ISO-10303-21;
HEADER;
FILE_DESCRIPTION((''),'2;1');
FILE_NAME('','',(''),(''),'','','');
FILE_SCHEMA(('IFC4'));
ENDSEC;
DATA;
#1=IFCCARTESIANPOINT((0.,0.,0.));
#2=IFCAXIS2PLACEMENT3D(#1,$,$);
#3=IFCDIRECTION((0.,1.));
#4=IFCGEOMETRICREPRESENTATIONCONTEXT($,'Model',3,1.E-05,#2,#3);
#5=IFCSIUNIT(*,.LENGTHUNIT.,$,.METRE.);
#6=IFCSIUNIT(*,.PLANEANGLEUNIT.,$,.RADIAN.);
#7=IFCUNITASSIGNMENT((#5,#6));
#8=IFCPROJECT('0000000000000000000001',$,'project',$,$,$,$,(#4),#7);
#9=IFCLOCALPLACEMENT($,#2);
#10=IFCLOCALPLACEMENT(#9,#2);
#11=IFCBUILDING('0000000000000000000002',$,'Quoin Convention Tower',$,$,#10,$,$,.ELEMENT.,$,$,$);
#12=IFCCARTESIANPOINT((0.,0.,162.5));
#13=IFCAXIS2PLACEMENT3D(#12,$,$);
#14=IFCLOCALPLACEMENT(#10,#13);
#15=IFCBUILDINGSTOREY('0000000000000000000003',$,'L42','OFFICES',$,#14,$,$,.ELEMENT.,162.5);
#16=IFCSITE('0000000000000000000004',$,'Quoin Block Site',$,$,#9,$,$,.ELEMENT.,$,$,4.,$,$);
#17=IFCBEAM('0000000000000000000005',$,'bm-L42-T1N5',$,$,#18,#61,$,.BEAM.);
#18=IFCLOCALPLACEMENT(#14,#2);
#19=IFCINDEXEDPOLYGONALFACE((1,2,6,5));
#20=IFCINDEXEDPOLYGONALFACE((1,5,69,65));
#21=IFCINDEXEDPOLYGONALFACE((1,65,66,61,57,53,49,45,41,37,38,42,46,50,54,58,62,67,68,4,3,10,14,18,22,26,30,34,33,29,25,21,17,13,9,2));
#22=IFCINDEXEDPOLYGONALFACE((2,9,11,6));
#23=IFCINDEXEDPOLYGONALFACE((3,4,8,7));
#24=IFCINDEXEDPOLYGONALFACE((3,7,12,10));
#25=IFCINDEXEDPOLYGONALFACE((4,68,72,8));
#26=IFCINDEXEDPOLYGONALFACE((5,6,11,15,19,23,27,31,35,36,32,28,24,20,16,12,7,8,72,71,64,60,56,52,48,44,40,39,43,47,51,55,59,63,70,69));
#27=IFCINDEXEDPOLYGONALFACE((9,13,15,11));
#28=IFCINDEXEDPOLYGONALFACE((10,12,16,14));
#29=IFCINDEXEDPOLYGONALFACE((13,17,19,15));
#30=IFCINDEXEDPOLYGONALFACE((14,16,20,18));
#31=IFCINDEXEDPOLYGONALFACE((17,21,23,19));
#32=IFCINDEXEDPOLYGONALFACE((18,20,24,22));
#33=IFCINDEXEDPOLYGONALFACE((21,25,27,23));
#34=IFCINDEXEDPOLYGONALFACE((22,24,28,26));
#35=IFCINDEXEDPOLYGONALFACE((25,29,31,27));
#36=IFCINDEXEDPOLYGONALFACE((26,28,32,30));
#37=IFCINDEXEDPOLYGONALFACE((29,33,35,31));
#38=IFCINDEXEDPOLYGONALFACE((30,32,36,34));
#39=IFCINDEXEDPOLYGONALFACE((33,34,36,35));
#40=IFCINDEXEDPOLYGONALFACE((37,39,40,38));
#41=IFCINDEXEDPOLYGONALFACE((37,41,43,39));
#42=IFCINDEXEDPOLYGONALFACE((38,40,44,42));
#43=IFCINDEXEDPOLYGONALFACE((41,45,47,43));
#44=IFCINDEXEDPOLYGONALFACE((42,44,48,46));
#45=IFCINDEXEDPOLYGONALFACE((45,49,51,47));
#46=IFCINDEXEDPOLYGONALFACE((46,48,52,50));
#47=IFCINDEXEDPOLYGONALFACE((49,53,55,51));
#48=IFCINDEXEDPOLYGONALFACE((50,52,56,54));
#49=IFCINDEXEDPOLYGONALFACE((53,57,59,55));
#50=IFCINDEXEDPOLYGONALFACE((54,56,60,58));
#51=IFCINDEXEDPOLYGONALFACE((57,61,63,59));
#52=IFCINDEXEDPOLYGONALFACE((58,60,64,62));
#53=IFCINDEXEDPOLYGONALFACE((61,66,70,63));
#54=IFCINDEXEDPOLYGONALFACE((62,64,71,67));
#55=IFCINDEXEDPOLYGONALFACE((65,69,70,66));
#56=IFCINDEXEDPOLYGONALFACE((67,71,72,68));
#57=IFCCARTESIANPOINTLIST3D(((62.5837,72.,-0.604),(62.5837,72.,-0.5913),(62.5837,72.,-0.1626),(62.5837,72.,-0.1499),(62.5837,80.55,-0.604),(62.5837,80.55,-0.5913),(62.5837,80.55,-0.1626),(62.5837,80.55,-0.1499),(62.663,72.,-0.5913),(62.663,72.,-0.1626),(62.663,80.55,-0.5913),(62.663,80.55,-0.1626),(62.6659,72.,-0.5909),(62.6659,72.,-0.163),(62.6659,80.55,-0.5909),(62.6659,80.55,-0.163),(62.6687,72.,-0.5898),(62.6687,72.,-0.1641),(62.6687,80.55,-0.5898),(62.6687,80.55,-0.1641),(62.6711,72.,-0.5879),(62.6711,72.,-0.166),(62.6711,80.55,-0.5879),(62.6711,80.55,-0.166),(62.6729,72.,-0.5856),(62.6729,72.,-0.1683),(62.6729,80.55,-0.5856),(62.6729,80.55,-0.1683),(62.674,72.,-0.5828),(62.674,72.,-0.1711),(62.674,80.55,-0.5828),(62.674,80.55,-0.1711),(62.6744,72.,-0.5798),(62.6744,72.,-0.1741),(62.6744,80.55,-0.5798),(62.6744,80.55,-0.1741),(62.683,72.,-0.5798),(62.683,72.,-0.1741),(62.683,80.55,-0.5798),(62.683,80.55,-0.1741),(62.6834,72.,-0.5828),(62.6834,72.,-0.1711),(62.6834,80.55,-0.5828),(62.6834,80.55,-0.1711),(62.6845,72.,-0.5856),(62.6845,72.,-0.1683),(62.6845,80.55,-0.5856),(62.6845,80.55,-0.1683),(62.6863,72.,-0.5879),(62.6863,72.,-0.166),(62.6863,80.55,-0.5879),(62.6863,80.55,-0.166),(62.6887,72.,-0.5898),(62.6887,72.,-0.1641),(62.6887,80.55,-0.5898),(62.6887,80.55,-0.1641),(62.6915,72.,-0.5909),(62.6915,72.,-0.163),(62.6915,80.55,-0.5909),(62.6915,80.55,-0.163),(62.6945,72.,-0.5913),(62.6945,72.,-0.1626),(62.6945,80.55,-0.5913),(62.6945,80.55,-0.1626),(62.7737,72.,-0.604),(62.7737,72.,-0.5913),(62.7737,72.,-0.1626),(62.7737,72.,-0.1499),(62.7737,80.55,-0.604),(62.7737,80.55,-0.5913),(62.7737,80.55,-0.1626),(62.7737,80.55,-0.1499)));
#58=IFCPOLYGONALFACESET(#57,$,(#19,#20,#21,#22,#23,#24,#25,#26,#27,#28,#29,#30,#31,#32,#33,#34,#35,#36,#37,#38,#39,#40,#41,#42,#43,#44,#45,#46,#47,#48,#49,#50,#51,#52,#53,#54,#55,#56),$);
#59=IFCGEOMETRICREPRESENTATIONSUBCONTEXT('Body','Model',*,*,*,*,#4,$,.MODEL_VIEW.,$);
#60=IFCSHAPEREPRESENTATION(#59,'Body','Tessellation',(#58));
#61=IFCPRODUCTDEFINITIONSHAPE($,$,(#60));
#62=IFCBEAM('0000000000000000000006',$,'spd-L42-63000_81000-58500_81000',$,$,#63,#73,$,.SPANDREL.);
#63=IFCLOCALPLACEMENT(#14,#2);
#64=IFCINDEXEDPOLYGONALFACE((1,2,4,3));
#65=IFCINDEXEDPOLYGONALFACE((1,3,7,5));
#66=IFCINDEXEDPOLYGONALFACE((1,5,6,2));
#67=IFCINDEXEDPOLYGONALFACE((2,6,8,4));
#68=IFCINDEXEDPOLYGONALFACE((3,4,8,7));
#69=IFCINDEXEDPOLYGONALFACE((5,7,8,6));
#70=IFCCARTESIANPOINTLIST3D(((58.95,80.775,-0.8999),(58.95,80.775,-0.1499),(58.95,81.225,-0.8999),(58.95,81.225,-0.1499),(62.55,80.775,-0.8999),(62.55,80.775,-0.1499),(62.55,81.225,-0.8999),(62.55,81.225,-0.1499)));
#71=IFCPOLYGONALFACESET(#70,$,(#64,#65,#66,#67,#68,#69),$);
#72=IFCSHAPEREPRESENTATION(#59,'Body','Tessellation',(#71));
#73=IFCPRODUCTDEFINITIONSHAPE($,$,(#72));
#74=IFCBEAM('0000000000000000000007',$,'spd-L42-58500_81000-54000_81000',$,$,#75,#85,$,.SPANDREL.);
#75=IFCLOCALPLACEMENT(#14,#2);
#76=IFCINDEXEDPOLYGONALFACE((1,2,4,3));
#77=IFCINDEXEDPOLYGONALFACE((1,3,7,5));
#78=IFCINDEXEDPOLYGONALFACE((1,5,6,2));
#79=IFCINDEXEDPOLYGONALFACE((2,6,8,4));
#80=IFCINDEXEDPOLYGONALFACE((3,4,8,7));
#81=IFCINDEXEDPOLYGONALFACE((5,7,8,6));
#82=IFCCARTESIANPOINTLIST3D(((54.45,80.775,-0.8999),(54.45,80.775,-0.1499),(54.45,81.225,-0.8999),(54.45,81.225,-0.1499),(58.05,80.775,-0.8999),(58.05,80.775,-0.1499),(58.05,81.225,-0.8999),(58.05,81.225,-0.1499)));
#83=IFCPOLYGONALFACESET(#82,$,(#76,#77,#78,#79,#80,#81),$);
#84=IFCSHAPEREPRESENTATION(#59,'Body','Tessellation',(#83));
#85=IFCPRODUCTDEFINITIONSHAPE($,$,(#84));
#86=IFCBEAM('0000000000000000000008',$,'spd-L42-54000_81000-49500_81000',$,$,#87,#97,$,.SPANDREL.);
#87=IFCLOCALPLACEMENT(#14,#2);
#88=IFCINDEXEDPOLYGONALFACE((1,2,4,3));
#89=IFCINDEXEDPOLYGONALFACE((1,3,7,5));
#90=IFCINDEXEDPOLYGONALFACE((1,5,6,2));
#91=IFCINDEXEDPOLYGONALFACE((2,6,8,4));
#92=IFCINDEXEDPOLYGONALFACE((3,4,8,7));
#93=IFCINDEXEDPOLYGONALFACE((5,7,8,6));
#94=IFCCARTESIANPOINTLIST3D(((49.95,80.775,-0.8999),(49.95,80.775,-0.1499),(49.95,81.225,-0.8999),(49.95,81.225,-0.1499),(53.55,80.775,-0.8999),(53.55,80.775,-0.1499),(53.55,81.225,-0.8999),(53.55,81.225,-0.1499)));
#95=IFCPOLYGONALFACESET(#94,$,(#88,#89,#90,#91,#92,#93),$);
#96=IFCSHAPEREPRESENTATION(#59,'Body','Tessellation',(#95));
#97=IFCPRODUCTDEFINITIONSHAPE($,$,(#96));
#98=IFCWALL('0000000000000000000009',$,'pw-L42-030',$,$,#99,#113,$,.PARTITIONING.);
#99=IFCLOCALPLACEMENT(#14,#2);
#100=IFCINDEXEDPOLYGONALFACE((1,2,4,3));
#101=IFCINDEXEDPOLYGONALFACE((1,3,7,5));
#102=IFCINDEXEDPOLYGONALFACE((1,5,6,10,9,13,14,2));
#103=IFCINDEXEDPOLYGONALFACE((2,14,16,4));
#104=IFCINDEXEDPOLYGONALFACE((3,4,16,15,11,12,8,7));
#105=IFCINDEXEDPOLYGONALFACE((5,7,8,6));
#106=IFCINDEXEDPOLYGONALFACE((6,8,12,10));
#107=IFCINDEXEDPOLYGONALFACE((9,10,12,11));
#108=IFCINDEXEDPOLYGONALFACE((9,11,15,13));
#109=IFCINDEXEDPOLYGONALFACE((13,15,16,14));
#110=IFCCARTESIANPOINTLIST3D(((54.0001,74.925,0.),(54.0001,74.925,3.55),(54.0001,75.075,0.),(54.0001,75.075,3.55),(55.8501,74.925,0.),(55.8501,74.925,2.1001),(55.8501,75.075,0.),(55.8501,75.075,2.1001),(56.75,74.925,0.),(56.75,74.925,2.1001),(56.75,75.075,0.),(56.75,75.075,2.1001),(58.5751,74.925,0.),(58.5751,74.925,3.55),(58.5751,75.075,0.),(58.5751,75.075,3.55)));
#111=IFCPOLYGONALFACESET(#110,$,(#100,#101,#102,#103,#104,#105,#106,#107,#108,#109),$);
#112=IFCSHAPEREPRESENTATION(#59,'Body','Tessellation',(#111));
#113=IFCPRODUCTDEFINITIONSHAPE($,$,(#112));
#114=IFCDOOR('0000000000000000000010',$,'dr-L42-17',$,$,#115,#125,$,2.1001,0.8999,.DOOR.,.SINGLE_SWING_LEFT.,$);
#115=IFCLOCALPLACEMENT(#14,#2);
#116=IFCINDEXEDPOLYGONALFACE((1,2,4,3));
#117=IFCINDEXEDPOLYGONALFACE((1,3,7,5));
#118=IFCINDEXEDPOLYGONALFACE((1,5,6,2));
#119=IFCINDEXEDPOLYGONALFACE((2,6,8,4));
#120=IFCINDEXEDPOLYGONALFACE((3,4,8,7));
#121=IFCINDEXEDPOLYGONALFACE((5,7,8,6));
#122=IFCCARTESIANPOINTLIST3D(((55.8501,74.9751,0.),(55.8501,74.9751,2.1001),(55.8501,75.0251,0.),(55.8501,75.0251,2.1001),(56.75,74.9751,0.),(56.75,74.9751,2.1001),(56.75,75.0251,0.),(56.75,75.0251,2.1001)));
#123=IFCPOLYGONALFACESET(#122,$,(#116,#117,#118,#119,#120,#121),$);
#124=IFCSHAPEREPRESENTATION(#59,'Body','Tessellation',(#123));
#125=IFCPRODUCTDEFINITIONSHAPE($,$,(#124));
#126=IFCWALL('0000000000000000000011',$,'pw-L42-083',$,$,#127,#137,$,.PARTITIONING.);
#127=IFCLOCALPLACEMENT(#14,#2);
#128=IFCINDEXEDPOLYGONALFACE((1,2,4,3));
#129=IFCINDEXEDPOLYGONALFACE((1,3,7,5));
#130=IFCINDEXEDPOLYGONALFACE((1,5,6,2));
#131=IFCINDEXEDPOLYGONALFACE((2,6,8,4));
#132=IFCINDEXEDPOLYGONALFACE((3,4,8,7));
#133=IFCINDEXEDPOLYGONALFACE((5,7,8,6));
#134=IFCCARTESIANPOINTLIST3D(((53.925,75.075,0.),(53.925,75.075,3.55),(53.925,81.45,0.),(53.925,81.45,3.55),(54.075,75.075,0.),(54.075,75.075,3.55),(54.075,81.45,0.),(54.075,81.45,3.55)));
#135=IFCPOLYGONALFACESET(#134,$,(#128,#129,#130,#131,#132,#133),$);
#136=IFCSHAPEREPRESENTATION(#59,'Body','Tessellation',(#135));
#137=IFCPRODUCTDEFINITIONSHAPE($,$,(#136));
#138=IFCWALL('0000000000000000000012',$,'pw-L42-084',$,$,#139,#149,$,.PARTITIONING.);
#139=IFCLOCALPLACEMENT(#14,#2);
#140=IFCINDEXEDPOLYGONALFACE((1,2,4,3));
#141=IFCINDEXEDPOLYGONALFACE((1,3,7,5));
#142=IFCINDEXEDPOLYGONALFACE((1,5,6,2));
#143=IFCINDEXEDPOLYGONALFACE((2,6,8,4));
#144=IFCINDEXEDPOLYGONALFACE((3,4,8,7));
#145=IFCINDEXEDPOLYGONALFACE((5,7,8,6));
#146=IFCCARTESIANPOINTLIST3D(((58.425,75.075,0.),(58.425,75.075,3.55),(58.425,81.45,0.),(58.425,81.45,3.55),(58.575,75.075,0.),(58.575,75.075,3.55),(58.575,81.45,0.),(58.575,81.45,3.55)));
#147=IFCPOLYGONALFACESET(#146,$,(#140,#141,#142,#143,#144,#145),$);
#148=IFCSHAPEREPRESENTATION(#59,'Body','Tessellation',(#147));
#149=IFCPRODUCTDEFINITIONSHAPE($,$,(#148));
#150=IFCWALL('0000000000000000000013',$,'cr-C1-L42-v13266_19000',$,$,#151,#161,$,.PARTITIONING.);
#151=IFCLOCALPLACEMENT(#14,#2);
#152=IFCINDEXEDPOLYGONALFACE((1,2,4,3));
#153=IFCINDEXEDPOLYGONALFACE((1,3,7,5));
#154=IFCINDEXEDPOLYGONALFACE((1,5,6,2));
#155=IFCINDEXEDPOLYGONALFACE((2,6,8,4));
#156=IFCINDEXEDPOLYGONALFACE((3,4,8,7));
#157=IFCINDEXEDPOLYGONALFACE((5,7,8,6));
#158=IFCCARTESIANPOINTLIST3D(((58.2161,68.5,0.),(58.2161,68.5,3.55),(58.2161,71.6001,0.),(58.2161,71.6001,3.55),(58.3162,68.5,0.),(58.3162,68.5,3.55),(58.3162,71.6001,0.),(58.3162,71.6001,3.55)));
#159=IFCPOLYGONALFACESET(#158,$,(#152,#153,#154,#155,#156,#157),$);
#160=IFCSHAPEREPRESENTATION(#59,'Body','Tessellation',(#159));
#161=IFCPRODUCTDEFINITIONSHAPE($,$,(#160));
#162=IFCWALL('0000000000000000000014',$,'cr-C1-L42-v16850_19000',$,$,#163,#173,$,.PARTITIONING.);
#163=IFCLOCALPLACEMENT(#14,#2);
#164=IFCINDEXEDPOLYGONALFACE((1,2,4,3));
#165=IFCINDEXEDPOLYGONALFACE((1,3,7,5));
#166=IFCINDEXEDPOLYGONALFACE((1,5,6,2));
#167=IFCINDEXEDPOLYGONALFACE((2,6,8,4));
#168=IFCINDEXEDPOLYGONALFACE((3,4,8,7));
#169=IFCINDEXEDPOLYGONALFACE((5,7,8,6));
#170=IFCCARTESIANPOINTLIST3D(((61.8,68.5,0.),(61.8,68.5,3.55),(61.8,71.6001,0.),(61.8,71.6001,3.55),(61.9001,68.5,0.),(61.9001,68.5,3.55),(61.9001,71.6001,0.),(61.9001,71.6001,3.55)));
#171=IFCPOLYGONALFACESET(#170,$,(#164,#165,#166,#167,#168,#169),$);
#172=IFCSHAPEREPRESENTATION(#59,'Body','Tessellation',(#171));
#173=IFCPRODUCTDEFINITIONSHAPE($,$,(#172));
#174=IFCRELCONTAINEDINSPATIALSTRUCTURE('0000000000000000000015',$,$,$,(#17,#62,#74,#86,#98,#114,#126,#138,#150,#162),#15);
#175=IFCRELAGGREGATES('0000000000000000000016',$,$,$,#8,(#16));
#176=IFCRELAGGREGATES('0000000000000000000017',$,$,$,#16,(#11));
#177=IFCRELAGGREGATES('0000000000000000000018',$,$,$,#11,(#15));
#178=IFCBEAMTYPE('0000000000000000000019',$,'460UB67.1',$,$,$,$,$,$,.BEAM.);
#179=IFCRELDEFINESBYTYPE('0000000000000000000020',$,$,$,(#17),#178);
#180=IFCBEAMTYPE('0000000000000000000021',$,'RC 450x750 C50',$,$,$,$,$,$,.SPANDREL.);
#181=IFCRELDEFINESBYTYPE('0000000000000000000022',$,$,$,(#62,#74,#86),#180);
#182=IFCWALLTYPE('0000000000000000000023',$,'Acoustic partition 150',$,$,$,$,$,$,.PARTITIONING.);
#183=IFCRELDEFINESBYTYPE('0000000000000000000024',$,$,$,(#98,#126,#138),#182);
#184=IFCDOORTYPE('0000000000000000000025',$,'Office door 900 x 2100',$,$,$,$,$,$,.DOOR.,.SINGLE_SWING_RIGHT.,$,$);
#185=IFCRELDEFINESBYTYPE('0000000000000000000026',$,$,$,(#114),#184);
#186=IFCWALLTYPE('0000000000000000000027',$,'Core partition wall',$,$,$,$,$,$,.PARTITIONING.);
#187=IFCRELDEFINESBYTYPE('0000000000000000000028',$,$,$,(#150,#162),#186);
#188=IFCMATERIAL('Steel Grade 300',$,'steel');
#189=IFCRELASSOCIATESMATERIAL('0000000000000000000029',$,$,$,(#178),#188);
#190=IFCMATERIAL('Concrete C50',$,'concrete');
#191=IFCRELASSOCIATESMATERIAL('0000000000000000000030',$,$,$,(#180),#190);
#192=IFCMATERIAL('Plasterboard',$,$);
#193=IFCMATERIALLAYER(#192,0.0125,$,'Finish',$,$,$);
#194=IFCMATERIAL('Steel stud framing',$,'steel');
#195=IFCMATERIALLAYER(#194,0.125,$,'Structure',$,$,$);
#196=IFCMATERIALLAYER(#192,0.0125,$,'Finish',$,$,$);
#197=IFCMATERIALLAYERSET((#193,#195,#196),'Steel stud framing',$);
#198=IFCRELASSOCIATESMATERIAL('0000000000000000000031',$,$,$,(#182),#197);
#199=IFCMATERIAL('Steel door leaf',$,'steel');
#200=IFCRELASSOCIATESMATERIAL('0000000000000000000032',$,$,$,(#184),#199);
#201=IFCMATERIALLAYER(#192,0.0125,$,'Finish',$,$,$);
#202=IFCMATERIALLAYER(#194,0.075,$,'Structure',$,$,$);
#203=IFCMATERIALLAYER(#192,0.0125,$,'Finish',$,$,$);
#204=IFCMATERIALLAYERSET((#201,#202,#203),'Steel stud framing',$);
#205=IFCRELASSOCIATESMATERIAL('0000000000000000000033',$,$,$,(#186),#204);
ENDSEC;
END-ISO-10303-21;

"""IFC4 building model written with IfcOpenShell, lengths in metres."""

from ifc_helpers import new_model, si_unit, direction, frame, frame_2d, origin, origin_2d, place, context, subcontext, project, spatial, rectangle, i_section, extrude, material, layer, layer_set, material_profile, profile_set, type_object, element, fill, save


model = new_model("IFC4")

# Units and contexts
model_context = context("Model", 3, precision=1e-05, world=origin(), true_north=direction((0.0, 1.0)))
body_context = subcontext(model_context, "Body", "Model", "MODEL_VIEW")
ifc_project = project(units=[si_unit("LENGTHUNIT", "METRE"), si_unit("PLANEANGLEUNIT", "RADIAN")], contexts=[model_context])

# Site, building, storey
site_placement = place(None, origin())
site = spatial("IfcSite", under=ifc_project, at=site_placement, Name="Quoin Block Site", CompositionType="ELEMENT", RefElevation=4.0)
building_placement = place(site_placement, origin())
building = spatial("IfcBuilding", under=site, at=building_placement, Name="Quoin Convention Tower", CompositionType="ELEMENT")
storey_placement = place(building_placement, frame((0.0, 0.0, 162.5)))
storey = spatial("IfcBuildingStorey", under=building, at=storey_placement, Name="L42", Description="OFFICES", CompositionType="ELEMENT", Elevation=162.5)

# Shared definitions
ifc_material_1 = material(Name="Concrete C50", Category="concrete")

# Beams
ifc_material_2 = material(Name="Steel Grade 300", Category="steel")
ifc_material_profile_1 = material_profile(ifc_material_2, i_section(OverallWidth=0.1899, OverallDepth=0.4541, WebThickness=0.0085, FlangeThickness=0.0127, FilletRadius=0.0115, at=origin_2d()), Name="460UB67.1")
ifc_profile_set_1 = profile_set([ifc_material_profile_1], Name="Steel Grade 300")
beam_type_1 = type_object("IfcBeamType", Name="460UB67.1", PredefinedType="BEAM", material=ifc_profile_set_1)
beam_placement = place(storey_placement, frame((62.6787, 72.0, -0.377), z_axis=(0.0, 1.0, 0.0), x_axis=(-1.0, 0.0, 0.0)))
element("IfcBeam", 1, at=beam_placement, inside=storey, type_object=beam_type_1, Name="bm-L42-T1N5", PredefinedType="BEAM", context=body_context, shape_type="SweptSolid", body=[
    extrude(i_section(OverallWidth=0.1899, OverallDepth=0.4541, WebThickness=0.0085, FlangeThickness=0.0127, FilletRadius=0.0115, at=origin_2d()), origin(), (0.0, 0.0, 1.0), 8.55),
])
ifc_material_profile_2 = material_profile(ifc_material_1, rectangle(XDim=0.45, YDim=0.75, at=origin_2d()), Name="RC 450x750")
ifc_profile_set_2 = profile_set([ifc_material_profile_2], Name="Concrete C50")
beam_type_2 = type_object("IfcBeamType", Name="RC 450x750 C50", PredefinedType="SPANDREL", material=ifc_profile_set_2)
for number, where, z_axis, x_axis, name in (
    (2, (62.55, 81.0, -0.5249), (-1.0, 0.0, 0.0), (0.0, -1.0, 0.0), "spd-L42-63000_81000-58500_81000"),
    (3, (58.05, 81.0, -0.5249), (-1.0, 0.0, 0.0), (0.0, -1.0, 0.0), "spd-L42-58500_81000-54000_81000"),
    (4, (53.55, 81.0, -0.5249), (-1.0, 0.0, 0.0), (0.0, -1.0, 0.0), "spd-L42-54000_81000-49500_81000"),
):
    element("IfcBeam", number, at=place(storey_placement, frame(where, z_axis=z_axis, x_axis=x_axis)), inside=storey, type_object=beam_type_2, Name=name, PredefinedType="SPANDREL", context=body_context, shape_type="SweptSolid", body=[
        extrude(rectangle(XDim=0.45, YDim=0.75, at=origin_2d()), origin(), (0.0, 0.0, 1.0), 3.6001),
    ])

# Wall, opening, door
ifc_material_3 = material(Name="Plasterboard")
ifc_layer_1 = layer(ifc_material_3, 0.0125, Name="Finish")
ifc_material_4 = material(Name="Steel stud framing", Category="steel")
ifc_layer_2 = layer(ifc_material_4, 0.125, Name="Structure")
ifc_layer_3 = layer(ifc_material_3, 0.0125, Name="Finish")
ifc_layer_set_1 = layer_set([ifc_layer_1, ifc_layer_2, ifc_layer_3], Name="Steel stud framing")
wall_type_1 = type_object("IfcWallType", Name="Acoustic partition 150", PredefinedType="PARTITIONING", material=ifc_layer_set_1)
wall_1_placement = place(storey_placement, frame((54.0, 75.0, 0.0), z_axis=(0.0, 0.0, 1.0), x_axis=(1.0, 0.0, 0.0)))
wall_1 = element("IfcWall", 5, at=wall_1_placement, inside=storey, type_object=wall_type_1, Name="pw-L42-030", PredefinedType="PARTITIONING", context=body_context, shape_type="SweptSolid", body=[
    extrude(rectangle(XDim=4.575, YDim=0.1499, at=frame_2d((2.2876, 0.0))), origin(), (0.0, 0.0, 1.0), 3.55),
])
opening_1_placement = place(wall_1_placement, frame((1.8501, 0.0, 0.0)))
opening_1 = element("IfcOpeningElement", 6, at=opening_1_placement, cuts=wall_1, PredefinedType="OPENING", context=body_context, shape_type="SweptSolid", body=[
    extrude(rectangle(XDim=0.8999, YDim=2.1001, at=frame_2d((0.45, 1.05))), frame((0.0, 0.085, 0.0), z_axis=(0.0, -1.0, 0.0), x_axis=(1.0, 0.0, 0.0)), (0.0, 0.0, 1.0), 0.1699),
])
ifc_material_5 = material(Name="Steel door leaf", Category="steel")
door_type = type_object("IfcDoorType", Name="Office door 900 x 2100", OperationType="SINGLE_SWING_RIGHT", PredefinedType="DOOR", material=ifc_material_5)
door_1_placement = place(opening_1_placement, frame((0.8999, 0.0, 0.0), z_axis=(0.0, 0.0, 1.0), x_axis=(-1.0, 0.0, 0.0)))
door_1 = element("IfcDoor", 7, at=door_1_placement, inside=storey, type_object=door_type, Name="dr-L42-17", OperationType="SINGLE_SWING_LEFT", OverallHeight=2.1001, OverallWidth=0.8999, PredefinedType="DOOR", context=body_context, shape_type="SweptSolid", body=[
    extrude(rectangle(XDim=0.8999, YDim=2.1001, at=frame_2d((0.45, 1.05))), frame((0.0, 0.0249, 0.0), z_axis=(0.0, -1.0, 0.0), x_axis=(1.0, 0.0, 0.0)), (0.0, 0.0, 1.0), 0.05),
])
fill(opening_1, door_1)

# Walls
for number, where, z_axis, x_axis, name in (
    (8, (54.0, 75.075, 0.0), (0.0, 0.0, 1.0), (0.0, 1.0, 0.0), "pw-L42-083"),
    (9, (58.5, 75.075, 0.0), (0.0, 0.0, 1.0), (0.0, 1.0, 0.0), "pw-L42-084"),
):
    element("IfcWall", number, at=place(storey_placement, frame(where, z_axis=z_axis, x_axis=x_axis)), inside=storey, type_object=wall_type_1, Name=name, PredefinedType="PARTITIONING", context=body_context, shape_type="SweptSolid", body=[
        extrude(rectangle(XDim=6.375, YDim=0.1499, at=frame_2d((3.1875, 0.0))), origin(), (0.0, 0.0, 1.0), 3.55),
    ])
ifc_layer_4 = layer(ifc_material_3, 0.0125, Name="Finish")
ifc_layer_5 = layer(ifc_material_4, 0.075, Name="Structure")
ifc_layer_6 = layer(ifc_material_3, 0.0125, Name="Finish")
ifc_layer_set_2 = layer_set([ifc_layer_4, ifc_layer_5, ifc_layer_6], Name="Steel stud framing")
wall_type_2 = type_object("IfcWallType", Name="Core partition wall", PredefinedType="PARTITIONING", material=ifc_layer_set_2)
for number, where, z_axis, x_axis, name in (
    (10, (58.2661, 68.5, 0.0), (0.0, 0.0, 1.0), (0.0, 1.0, 0.0), "cr-C1-L42-v13266_19000"),
    (11, (61.8501, 68.5, 0.0), (0.0, 0.0, 1.0), (0.0, 1.0, 0.0), "cr-C1-L42-v16850_19000"),
):
    element("IfcWall", number, at=place(storey_placement, frame(where, z_axis=z_axis, x_axis=x_axis)), inside=storey, type_object=wall_type_2, Name=name, PredefinedType="PARTITIONING", context=body_context, shape_type="SweptSolid", body=[
        extrude(rectangle(XDim=3.1001, YDim=0.1001, at=frame_2d((1.55, 0.0))), origin(), (0.0, 0.0, 1.0), 3.55),
    ])

save(model, "model.ifc")
